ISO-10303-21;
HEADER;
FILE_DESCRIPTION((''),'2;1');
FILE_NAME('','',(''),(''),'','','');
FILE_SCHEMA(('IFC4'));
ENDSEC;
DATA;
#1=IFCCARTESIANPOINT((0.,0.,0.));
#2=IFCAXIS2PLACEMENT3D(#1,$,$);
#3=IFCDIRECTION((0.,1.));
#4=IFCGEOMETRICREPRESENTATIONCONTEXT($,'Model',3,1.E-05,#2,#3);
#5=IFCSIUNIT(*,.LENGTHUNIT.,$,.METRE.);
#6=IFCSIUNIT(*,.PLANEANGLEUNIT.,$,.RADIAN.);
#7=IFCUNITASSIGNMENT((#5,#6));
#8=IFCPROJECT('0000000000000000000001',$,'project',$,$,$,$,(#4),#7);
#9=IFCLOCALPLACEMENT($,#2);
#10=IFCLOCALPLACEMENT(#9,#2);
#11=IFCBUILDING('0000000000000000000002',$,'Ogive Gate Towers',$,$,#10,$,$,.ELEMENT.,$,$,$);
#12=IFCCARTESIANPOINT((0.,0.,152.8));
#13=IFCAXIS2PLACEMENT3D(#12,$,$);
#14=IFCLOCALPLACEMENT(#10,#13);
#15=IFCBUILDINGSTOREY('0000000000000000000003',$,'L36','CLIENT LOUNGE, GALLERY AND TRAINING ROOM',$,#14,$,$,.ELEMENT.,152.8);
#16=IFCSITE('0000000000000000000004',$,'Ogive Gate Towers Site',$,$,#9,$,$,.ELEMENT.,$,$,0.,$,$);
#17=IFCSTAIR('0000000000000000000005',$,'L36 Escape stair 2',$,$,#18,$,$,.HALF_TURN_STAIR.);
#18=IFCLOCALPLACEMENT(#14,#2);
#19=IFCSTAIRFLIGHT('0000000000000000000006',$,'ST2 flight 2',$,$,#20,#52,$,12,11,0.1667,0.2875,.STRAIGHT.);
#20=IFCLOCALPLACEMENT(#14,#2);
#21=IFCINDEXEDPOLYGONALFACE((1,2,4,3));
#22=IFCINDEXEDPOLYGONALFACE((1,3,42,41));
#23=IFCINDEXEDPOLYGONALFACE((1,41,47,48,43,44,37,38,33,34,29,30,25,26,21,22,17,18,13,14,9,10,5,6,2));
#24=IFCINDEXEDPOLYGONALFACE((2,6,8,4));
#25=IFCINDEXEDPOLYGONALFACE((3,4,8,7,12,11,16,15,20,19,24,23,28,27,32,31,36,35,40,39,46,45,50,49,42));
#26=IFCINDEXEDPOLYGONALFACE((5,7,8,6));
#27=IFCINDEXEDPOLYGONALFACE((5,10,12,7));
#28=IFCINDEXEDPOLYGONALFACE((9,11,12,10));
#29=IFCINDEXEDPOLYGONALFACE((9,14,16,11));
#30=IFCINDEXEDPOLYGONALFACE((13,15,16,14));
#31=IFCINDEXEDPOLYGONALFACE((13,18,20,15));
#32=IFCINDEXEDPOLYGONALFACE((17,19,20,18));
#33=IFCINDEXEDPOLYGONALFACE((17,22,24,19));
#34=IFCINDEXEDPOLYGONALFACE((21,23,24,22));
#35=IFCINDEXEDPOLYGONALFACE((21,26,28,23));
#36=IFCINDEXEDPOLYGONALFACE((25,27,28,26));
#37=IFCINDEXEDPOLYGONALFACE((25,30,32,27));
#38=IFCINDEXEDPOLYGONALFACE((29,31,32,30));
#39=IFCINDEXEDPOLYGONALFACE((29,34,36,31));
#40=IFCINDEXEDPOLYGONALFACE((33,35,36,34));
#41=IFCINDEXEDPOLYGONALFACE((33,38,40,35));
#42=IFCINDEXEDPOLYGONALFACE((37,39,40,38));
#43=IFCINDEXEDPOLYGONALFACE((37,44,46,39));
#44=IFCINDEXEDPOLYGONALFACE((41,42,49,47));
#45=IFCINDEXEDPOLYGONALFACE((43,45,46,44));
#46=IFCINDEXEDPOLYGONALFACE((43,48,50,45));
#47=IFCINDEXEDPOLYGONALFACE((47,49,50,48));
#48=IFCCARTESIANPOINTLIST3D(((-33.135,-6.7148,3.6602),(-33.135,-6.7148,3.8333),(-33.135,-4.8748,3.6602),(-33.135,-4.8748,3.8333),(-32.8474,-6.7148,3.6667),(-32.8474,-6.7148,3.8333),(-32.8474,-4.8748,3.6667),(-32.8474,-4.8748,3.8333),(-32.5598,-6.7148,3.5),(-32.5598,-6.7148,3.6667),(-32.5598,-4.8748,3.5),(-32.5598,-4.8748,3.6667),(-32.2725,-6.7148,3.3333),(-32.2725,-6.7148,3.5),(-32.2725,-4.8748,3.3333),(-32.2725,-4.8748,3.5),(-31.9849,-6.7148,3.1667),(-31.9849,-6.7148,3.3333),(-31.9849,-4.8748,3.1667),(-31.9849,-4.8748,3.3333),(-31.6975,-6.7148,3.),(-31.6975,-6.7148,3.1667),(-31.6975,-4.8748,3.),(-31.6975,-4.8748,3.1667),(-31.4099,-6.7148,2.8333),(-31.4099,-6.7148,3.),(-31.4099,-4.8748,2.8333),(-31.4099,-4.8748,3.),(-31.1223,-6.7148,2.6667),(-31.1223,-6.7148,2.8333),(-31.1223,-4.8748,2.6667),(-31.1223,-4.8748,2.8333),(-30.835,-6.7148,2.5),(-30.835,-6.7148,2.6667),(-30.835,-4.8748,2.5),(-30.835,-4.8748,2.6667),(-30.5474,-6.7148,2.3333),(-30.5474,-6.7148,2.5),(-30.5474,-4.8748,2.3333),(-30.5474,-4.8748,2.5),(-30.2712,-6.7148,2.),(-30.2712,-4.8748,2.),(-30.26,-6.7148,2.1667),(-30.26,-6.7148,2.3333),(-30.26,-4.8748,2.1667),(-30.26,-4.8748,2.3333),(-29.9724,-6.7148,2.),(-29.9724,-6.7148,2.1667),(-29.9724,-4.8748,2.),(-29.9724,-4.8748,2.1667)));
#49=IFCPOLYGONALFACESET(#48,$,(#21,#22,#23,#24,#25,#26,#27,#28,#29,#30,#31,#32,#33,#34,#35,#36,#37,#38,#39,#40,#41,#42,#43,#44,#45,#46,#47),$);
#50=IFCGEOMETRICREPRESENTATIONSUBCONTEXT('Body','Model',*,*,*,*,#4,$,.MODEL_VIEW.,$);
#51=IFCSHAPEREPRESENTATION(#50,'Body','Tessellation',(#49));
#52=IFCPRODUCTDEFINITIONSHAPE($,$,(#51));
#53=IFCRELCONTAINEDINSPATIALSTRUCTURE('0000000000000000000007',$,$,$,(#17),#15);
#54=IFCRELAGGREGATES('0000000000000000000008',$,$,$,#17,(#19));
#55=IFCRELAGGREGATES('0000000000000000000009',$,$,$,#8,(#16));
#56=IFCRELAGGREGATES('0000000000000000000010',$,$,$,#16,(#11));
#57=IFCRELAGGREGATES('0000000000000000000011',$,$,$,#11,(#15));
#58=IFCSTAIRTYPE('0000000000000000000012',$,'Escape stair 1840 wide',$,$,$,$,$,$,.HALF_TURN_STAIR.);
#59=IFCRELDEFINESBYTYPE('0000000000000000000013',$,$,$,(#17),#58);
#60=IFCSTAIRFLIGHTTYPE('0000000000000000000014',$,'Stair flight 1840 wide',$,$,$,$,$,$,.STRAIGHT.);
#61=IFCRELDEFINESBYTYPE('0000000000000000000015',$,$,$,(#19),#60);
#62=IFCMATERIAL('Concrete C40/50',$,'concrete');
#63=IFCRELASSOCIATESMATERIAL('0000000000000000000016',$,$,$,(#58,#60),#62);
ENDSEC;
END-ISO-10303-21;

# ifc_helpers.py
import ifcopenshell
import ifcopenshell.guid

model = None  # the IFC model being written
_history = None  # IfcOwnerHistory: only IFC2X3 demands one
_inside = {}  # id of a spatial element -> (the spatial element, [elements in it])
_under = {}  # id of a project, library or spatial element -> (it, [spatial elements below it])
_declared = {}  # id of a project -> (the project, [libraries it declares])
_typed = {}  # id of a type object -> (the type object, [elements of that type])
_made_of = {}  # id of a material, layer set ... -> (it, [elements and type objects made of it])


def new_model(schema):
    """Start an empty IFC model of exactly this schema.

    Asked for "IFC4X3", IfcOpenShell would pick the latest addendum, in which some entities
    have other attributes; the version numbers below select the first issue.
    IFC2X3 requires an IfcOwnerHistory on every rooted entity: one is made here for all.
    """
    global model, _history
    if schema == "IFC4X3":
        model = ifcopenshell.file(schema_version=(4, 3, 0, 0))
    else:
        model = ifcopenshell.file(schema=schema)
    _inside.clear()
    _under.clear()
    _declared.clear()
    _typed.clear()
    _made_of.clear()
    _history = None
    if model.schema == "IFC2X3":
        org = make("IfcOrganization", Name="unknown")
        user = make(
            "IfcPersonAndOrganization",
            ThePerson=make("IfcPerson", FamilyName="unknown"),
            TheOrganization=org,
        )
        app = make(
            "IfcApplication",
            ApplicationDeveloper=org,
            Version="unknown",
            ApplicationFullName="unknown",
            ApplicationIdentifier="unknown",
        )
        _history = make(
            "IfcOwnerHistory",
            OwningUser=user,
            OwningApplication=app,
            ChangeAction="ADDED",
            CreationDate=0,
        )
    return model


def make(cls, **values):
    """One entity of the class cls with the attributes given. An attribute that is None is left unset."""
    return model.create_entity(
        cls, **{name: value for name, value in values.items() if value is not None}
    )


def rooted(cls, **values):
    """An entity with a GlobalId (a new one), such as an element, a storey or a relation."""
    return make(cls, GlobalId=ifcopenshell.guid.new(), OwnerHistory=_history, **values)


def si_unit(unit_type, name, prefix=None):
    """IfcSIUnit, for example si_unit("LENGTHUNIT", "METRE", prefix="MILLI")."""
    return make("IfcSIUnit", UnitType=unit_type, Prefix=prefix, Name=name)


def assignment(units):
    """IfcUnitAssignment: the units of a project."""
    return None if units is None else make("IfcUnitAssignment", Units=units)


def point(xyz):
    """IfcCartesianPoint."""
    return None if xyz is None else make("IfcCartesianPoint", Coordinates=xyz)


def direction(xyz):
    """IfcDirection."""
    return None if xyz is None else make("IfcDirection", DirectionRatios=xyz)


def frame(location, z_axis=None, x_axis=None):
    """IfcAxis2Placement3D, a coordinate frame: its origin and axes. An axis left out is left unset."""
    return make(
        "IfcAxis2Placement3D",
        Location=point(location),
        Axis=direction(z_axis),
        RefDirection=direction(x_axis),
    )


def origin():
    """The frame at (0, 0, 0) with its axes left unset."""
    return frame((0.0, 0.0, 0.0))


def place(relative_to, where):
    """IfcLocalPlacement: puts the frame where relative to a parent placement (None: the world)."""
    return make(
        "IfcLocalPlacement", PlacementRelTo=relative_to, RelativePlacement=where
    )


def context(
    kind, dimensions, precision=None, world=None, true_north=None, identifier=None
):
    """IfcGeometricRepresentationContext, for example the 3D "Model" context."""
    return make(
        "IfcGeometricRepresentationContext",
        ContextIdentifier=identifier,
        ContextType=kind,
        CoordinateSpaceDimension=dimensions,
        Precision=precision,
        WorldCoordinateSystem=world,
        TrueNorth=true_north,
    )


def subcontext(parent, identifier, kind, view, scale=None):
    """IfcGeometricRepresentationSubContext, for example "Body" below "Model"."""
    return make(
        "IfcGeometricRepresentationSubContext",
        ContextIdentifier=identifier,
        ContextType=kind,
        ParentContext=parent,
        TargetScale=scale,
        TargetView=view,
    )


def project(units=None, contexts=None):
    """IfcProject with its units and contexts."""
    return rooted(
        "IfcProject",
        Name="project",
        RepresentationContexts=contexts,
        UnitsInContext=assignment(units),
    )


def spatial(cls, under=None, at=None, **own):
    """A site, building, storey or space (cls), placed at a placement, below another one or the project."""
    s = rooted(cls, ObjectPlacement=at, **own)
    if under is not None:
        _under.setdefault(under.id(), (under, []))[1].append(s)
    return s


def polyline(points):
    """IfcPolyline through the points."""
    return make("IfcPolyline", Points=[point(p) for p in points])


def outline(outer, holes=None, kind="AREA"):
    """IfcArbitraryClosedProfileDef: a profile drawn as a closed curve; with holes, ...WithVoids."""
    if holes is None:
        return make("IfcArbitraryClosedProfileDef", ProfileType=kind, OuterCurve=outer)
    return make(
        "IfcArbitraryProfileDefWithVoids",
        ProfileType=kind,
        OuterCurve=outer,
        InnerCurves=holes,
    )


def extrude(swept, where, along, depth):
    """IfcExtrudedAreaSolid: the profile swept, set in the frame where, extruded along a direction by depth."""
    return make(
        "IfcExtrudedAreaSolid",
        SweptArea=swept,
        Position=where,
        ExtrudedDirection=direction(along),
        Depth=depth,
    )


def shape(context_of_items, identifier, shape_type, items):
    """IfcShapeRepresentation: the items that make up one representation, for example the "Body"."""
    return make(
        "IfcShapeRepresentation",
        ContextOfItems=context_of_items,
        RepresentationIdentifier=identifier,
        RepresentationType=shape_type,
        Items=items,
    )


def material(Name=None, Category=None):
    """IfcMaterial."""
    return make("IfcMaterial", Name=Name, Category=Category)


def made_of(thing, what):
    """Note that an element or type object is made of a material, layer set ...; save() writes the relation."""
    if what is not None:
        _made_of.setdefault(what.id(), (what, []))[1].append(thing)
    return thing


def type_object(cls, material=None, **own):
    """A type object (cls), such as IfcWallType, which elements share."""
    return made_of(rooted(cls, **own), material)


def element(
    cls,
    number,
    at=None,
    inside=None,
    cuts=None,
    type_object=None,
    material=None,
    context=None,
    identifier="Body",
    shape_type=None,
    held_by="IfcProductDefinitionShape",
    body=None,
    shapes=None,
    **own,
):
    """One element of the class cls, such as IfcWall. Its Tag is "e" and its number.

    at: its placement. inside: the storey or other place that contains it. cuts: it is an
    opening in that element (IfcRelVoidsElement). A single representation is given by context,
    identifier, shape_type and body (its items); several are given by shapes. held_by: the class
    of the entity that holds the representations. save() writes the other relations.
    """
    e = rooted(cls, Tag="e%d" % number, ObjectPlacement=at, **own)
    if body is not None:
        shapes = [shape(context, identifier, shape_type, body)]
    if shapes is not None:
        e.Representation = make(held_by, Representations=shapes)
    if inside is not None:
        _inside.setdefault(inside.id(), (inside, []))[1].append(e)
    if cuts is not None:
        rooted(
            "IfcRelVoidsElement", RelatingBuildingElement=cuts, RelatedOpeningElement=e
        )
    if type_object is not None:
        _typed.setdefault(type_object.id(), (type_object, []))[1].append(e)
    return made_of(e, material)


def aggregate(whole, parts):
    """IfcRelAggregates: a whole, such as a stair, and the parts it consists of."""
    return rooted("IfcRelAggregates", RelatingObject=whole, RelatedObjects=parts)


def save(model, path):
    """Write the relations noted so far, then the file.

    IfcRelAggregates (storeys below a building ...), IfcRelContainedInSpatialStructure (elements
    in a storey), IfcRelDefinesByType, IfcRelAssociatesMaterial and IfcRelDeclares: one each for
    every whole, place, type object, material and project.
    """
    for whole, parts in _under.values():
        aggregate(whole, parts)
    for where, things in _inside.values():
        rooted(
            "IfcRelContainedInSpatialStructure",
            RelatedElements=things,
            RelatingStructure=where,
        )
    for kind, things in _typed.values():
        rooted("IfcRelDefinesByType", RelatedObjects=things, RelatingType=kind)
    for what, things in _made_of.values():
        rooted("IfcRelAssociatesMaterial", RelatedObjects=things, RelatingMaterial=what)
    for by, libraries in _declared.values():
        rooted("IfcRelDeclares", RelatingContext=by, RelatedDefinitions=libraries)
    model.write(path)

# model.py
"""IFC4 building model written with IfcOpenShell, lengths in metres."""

from ifc_helpers import new_model, si_unit, direction, frame, origin, place, context, subcontext, project, spatial, polyline, outline, extrude, material, type_object, element, aggregate, save


model = new_model("IFC4")

# Units and contexts
model_context = context("Model", 3, precision=1e-05, world=origin(), true_north=direction((0.0, 1.0)))
body_context = subcontext(model_context, "Body", "Model", "MODEL_VIEW")
ifc_project = project(units=[si_unit("LENGTHUNIT", "METRE"), si_unit("PLANEANGLEUNIT", "RADIAN")], contexts=[model_context])

# Site, building, storey
site_placement = place(None, origin())
site = spatial("IfcSite", under=ifc_project, at=site_placement, Name="Ogive Gate Towers Site", CompositionType="ELEMENT", RefElevation=0.0)
building_placement = place(site_placement, origin())
building = spatial("IfcBuilding", under=site, at=building_placement, Name="Ogive Gate Towers", CompositionType="ELEMENT")
storey_placement = place(building_placement, frame((0.0, 0.0, 152.8)))
storey = spatial("IfcBuildingStorey", under=building, at=storey_placement, Name="L36", Description="CLIENT LOUNGE, GALLERY AND TRAINING ROOM", CompositionType="ELEMENT", Elevation=152.8)

# Stair, stair flight
ifc_material_1 = material(Name="Concrete C40/50", Category="concrete")
stair_type = type_object("IfcStairType", Name="Escape stair 1840 wide", PredefinedType="HALF_TURN_STAIR", material=ifc_material_1)
stair_placement = place(storey_placement, origin())
stair = element("IfcStair", 1, at=stair_placement, inside=storey, type_object=stair_type, Name="L36 Escape stair 2", PredefinedType="HALF_TURN_STAIR")
stair_flight_type = type_object("IfcStairFlightType", Name="Stair flight 1840 wide", PredefinedType="STRAIGHT", material=ifc_material_1)
stair_flight_placement = place(storey_placement, frame((-29.9724, -5.7949, 2.0), z_axis=(0.0, 0.0, 1.0), x_axis=(-1.0, 0.0, 0.0)))
stair_flight = element("IfcStairFlight", 2, at=stair_flight_placement, type_object=stair_flight_type, Name="ST2 flight 2", NumberOfRisers=12, NumberOfTreads=11, PredefinedType="STRAIGHT", RiserHeight=0.1667, TreadLength=0.2875, context=body_context, shape_type="SweptSolid", body=[
    extrude(outline(polyline([(0.0, 0.0), (0.0, 0.1667), (0.2876, 0.1667), (0.2876, 0.3333), (0.575, 0.3333), (0.575, 0.5), (0.8625, 0.5), (0.8625, 0.6667), (1.1499, 0.6667), (1.1499, 0.8333), (1.4375, 0.8333), (1.4375, 1.0), (1.7251, 1.0), (1.7251, 1.1667), (2.0125, 1.1667), (2.0125, 1.3333), (2.3, 1.3333), (2.3, 1.5), (2.5874, 1.5), (2.5874, 1.6667), (2.875, 1.6667), (2.875, 1.8333), (3.1626, 1.8333), (3.1626, 2.0), (3.1626, 1.6602), (0.2988, 0.0), (0.0, 0.0)])), frame((0.0, 0.9199, 0.0), z_axis=(0.0, -1.0, 0.0), x_axis=(1.0, 0.0, 0.0)), (0.0, 0.0, 1.0), 1.8401),
])
aggregate(stair, [stair_flight])

save(model, "model.ifc")
